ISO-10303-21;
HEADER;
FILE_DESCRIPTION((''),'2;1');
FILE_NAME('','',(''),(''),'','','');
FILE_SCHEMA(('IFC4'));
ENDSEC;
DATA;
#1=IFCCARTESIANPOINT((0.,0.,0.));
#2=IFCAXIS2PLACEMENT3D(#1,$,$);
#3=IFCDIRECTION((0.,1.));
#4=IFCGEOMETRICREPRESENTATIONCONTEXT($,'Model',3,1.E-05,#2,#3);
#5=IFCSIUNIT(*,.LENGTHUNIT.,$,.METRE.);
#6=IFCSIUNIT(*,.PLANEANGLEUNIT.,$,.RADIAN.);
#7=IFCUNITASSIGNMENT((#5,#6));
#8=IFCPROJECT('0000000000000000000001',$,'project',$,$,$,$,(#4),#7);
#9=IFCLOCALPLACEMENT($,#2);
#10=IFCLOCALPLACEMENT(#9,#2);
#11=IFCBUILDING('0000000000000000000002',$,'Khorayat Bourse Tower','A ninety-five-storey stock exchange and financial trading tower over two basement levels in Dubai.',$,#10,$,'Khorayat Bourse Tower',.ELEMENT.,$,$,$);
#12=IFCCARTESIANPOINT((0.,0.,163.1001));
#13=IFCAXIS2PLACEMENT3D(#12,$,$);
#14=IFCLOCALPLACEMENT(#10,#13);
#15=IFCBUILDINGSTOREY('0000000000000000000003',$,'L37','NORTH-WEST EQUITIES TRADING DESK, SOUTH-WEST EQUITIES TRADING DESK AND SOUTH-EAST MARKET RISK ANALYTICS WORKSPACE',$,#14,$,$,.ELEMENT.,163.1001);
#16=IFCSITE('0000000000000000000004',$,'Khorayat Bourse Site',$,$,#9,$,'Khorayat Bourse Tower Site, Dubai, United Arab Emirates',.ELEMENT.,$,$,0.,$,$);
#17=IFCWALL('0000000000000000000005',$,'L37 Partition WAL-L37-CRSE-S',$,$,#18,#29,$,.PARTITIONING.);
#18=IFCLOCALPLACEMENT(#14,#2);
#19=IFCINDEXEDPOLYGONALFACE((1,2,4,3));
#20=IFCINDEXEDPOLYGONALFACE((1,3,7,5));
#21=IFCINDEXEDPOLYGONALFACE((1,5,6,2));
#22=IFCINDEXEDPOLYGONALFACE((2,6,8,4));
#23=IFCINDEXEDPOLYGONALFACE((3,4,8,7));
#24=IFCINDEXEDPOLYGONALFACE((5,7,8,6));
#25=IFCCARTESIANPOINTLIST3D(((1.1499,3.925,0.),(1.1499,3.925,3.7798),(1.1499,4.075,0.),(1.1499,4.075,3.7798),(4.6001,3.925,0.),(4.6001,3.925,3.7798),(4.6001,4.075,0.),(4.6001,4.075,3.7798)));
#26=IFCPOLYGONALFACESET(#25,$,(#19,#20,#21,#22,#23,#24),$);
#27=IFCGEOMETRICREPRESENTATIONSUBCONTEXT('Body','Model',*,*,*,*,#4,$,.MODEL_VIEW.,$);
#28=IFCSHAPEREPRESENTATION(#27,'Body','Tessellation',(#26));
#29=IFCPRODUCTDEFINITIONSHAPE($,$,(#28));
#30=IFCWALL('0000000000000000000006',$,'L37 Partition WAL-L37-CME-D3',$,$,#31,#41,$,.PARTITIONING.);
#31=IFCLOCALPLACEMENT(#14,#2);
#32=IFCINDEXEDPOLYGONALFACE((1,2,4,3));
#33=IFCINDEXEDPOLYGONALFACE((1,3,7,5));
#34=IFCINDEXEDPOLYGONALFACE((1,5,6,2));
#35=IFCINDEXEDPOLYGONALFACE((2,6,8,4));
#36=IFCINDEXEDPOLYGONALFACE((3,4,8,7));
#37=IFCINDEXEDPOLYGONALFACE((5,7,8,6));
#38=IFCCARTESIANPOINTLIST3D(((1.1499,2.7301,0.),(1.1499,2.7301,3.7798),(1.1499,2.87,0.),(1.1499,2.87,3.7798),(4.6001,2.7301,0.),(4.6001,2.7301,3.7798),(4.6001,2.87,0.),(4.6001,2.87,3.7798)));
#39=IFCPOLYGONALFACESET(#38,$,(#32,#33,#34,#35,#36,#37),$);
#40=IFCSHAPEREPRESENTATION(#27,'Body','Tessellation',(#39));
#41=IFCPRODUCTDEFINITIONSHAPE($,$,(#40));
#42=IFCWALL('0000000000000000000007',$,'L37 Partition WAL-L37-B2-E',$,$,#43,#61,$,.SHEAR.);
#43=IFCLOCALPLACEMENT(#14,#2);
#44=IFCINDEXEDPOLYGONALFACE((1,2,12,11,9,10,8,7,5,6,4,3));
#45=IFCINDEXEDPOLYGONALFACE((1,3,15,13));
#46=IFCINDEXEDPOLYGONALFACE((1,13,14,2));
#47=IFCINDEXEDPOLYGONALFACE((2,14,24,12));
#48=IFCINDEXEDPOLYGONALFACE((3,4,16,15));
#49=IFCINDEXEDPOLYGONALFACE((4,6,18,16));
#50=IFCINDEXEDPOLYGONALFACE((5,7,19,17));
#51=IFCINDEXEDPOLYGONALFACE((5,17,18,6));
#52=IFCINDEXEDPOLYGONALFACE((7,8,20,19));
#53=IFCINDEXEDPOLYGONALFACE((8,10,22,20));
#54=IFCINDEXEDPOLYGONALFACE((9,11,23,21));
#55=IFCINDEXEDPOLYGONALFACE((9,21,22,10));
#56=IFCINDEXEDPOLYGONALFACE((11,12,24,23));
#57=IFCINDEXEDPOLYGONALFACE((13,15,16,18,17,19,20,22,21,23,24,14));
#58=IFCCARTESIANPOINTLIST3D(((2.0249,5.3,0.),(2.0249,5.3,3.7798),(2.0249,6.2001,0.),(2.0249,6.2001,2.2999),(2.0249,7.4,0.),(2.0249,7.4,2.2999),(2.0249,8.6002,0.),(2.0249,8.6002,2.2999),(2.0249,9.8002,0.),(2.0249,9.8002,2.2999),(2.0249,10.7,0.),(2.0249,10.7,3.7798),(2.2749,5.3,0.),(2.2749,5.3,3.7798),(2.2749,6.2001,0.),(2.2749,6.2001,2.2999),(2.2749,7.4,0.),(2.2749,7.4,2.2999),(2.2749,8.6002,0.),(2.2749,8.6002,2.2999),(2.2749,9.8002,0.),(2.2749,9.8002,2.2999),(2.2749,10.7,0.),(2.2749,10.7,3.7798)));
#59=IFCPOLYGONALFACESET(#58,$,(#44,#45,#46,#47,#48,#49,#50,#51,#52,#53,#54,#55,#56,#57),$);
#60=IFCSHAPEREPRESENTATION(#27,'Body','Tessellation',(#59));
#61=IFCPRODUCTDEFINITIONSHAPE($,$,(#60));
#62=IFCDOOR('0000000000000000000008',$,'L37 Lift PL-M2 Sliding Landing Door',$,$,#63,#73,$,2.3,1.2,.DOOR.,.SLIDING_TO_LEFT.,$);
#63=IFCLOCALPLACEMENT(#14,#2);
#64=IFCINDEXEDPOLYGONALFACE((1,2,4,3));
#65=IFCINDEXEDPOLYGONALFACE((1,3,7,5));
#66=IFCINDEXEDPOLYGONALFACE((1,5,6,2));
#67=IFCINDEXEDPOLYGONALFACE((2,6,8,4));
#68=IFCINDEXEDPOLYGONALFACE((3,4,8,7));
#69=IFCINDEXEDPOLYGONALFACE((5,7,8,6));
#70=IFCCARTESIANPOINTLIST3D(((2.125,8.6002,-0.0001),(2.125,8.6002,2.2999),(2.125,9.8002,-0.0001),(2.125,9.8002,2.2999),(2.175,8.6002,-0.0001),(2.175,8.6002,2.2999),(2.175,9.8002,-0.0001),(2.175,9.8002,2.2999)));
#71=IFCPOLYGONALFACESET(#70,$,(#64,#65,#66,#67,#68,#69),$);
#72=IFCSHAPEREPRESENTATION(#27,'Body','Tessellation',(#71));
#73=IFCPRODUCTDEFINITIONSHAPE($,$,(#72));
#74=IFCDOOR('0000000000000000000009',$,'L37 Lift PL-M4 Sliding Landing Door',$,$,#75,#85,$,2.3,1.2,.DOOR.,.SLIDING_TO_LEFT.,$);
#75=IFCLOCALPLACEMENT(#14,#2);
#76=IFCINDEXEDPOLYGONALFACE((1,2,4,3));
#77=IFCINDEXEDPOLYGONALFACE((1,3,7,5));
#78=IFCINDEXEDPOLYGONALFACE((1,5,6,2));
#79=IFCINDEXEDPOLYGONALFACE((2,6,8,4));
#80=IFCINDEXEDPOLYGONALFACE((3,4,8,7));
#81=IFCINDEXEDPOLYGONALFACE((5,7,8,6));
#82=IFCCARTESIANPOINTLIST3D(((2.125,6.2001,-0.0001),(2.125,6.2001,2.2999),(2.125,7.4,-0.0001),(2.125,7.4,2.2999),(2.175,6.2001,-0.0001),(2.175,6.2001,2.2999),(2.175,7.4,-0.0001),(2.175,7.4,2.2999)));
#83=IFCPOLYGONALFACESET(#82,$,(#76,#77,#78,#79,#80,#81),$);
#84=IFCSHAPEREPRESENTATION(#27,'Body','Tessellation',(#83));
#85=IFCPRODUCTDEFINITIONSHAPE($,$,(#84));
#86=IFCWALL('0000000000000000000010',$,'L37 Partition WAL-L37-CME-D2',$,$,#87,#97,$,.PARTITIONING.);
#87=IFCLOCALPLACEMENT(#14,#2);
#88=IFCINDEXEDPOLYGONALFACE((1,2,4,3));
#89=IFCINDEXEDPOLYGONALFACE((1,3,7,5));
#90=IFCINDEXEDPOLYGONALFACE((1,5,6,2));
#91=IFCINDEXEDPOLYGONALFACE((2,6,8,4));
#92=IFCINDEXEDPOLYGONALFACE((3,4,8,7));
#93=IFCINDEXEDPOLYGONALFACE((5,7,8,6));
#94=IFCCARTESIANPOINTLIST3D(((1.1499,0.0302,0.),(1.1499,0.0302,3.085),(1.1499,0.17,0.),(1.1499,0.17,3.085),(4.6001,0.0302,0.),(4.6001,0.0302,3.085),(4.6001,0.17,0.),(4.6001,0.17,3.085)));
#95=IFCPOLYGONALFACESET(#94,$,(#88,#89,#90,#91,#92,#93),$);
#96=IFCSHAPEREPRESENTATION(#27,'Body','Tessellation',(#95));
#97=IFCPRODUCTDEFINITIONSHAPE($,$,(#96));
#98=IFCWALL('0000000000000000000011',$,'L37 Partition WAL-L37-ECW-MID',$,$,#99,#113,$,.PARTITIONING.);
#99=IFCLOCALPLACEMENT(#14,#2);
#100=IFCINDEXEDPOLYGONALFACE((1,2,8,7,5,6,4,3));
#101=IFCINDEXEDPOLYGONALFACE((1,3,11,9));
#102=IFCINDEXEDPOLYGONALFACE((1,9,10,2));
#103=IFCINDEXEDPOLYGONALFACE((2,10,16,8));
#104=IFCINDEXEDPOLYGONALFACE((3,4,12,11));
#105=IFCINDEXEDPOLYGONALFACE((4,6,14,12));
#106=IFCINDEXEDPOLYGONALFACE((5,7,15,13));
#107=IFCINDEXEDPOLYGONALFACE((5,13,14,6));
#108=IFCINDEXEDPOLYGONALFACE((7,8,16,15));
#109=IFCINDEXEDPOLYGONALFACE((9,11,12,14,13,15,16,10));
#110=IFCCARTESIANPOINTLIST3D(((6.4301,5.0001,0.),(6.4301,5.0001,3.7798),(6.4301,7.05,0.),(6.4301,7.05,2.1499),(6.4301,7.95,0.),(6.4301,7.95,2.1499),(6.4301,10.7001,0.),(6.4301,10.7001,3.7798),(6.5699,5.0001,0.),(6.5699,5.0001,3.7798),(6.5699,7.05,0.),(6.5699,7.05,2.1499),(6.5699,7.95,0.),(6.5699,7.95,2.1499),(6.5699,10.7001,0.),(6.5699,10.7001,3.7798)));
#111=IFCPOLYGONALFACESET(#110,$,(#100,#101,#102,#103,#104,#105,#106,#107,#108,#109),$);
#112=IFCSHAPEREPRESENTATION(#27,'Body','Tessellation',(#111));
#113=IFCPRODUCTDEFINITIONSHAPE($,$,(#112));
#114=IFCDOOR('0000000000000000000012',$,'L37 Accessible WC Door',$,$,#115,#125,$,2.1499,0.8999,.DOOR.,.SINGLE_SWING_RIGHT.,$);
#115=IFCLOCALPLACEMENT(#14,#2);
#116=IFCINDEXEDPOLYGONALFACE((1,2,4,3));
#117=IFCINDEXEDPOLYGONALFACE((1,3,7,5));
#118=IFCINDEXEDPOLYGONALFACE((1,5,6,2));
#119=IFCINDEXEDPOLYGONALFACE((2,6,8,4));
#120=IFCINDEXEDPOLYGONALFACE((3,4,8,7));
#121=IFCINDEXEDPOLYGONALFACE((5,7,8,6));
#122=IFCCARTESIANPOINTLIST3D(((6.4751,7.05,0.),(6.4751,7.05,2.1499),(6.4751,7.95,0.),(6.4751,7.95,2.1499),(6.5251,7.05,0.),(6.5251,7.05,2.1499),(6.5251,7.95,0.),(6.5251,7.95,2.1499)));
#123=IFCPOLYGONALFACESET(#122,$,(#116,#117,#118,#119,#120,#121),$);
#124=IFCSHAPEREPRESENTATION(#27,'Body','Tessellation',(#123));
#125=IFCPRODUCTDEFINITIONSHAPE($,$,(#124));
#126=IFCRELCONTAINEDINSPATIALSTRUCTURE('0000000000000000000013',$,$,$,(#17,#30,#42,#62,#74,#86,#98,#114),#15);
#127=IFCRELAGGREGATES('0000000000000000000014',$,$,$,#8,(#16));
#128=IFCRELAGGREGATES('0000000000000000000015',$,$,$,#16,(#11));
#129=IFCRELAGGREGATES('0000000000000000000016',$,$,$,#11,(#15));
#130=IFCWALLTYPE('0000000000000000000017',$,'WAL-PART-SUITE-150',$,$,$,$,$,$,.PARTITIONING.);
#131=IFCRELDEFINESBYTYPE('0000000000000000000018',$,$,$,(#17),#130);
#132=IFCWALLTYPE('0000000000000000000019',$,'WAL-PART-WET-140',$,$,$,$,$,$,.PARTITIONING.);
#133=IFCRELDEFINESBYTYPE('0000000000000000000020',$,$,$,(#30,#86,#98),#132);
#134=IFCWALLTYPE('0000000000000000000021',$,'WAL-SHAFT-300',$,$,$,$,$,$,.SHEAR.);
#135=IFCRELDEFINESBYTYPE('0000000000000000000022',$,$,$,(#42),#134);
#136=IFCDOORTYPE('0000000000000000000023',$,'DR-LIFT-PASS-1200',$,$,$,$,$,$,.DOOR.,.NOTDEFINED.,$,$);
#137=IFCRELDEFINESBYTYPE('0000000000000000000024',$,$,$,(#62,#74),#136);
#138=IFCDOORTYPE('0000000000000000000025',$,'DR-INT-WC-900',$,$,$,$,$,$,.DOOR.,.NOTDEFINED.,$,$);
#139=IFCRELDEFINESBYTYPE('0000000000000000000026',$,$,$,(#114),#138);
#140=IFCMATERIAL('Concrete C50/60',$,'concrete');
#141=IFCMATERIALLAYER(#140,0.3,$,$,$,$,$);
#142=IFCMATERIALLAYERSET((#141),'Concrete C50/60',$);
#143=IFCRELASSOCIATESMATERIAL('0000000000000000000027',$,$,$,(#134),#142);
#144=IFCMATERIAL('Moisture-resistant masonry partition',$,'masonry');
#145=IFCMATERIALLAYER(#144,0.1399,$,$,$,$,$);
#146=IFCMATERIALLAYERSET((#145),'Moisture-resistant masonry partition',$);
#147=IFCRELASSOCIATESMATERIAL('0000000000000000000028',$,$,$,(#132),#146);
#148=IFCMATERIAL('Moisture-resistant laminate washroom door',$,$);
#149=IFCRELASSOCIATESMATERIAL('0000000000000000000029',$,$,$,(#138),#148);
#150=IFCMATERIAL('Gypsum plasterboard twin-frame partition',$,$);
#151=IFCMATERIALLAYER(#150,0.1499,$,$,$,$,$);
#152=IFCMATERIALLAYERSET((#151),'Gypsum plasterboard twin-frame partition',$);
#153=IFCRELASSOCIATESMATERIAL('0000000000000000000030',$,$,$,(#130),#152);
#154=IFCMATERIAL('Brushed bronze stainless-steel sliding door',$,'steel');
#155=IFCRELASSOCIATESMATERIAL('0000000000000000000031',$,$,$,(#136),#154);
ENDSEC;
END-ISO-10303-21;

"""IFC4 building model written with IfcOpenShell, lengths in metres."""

from ifc_helpers import new_model, si_unit, direction, frame, frame_2d, origin, place, context, subcontext, project, spatial, rectangle, extrude, source, transform, mapped, material, layer, layer_set, type_object, element, fill, save


model = new_model("IFC4")

# Units and contexts
model_context = context("Model", 3, precision=1e-05, world=origin(), true_north=direction((0.0, 1.0)))
body_context = subcontext(model_context, "Body", "Model", "MODEL_VIEW")
ifc_project = project(units=[si_unit("LENGTHUNIT", "METRE"), si_unit("PLANEANGLEUNIT", "RADIAN")], contexts=[model_context])

# Site, building, storey
site_placement = place(None, origin())
site = spatial("IfcSite", under=ifc_project, at=site_placement, Name="Khorayat Bourse Site", LongName="Khorayat Bourse Tower Site, Dubai, United Arab Emirates", CompositionType="ELEMENT", RefElevation=0.0)
building_placement = place(site_placement, origin())
building = spatial("IfcBuilding", under=site, at=building_placement, Name="Khorayat Bourse Tower", Description="A ninety-five-storey stock exchange and financial trading tower over two basement levels in Dubai.", LongName="Khorayat Bourse Tower", CompositionType="ELEMENT")
storey_placement = place(building_placement, frame((0.0, 0.0, 163.1001)))
storey = spatial("IfcBuildingStorey", under=building, at=storey_placement, Name="L37", Description="NORTH-WEST EQUITIES TRADING DESK, SOUTH-WEST EQUITIES TRADING DESK AND SOUTH-EAST MARKET RISK ANALYTICS WORKSPACE", CompositionType="ELEMENT", Elevation=163.1001)

# Shared definitions
ifc_material_1 = material(Name="Concrete C50/60", Category="concrete")
ifc_layer_1 = layer(ifc_material_1, 0.3)
ifc_layer_set_1 = layer_set([ifc_layer_1], Name="Concrete C50/60")
wall_type_1 = type_object("IfcWallType", Name="WAL-SHAFT-300", PredefinedType="SHEAR", material=ifc_layer_set_1)
ifc_material_2 = material(Name="Moisture-resistant masonry partition", Category="masonry")
ifc_layer_2 = layer(ifc_material_2, 0.1399)
ifc_layer_set_2 = layer_set([ifc_layer_2], Name="Moisture-resistant masonry partition")
wall_type_2 = type_object("IfcWallType", Name="WAL-PART-WET-140", PredefinedType="PARTITIONING", material=ifc_layer_set_2)

# Shared definitions
shared_shape_1 = source(origin(), body_context, "Body", "SweptSolid", [
    extrude(rectangle(XDim=0.8999, YDim=2.1499, at=frame_2d((0.45, 1.075))), frame((0.0, 0.0798, 0.0), z_axis=(0.0, -1.0, 0.0), x_axis=(1.0, 0.0, 0.0)), (0.0, 0.0, 1.0), 0.1599),
])
ifc_material_3 = material(Name="Moisture-resistant laminate washroom door")
door_type_1 = type_object("IfcDoorType", Name="DR-INT-WC-900", OperationType="NOTDEFINED", PredefinedType="DOOR", material=ifc_material_3)
shared_shape_2 = source(origin(), body_context, "Body", "SweptSolid", [
    extrude(rectangle(XDim=0.8999, YDim=2.1499, at=frame_2d((0.45, 1.075))), frame((0.0, 0.0249, 0.0), z_axis=(0.0, -1.0, 0.0), x_axis=(1.0, 0.0, 0.0)), (0.0, 0.0, 1.0), 0.05),
])

# Walls
ifc_material_4 = material(Name="Gypsum plasterboard twin-frame partition")
ifc_layer_3 = layer(ifc_material_4, 0.1499)
ifc_layer_set_3 = layer_set([ifc_layer_3], Name="Gypsum plasterboard twin-frame partition")
wall_type_3 = type_object("IfcWallType", Name="WAL-PART-SUITE-150", PredefinedType="PARTITIONING", material=ifc_layer_set_3)
shared_shape_3 = source(origin(), body_context, "Body", "SweptSolid", [
    extrude(rectangle(XDim=3.4502, YDim=0.1499, at=frame_2d((1.7251, 0.0))), origin(), (0.0, 0.0, 1.0), 3.7798),
])
wall_1_placement = place(storey_placement, frame((1.1499, 4.0, 0.0), z_axis=(0.0, 0.0, 1.0), x_axis=(1.0, 0.0, 0.0)))
element("IfcWall", 1, at=wall_1_placement, inside=storey, type_object=wall_type_3, Name="L37 Partition WAL-L37-CRSE-S", PredefinedType="PARTITIONING", context=body_context, shape_type="MappedRepresentation", body=[
    mapped(shared_shape_3, transform((0.0, 0.0, 0.0), scale=1.0)),
])
shared_shape_4 = source(origin(), body_context, "Body", "SweptSolid", [
    extrude(rectangle(XDim=3.4502, YDim=0.1399, at=frame_2d((1.7251, 0.0))), origin(), (0.0, 0.0, 1.0), 3.7798),
])
wall_2_placement = place(storey_placement, frame((1.1499, 2.8, 0.0), z_axis=(0.0, 0.0, 1.0), x_axis=(1.0, 0.0, 0.0)))
element("IfcWall", 2, at=wall_2_placement, inside=storey, type_object=wall_type_2, Name="L37 Partition WAL-L37-CME-D3", PredefinedType="PARTITIONING", context=body_context, shape_type="MappedRepresentation", body=[
    mapped(shared_shape_4, transform((0.0, 0.0, 0.0), scale=1.0)),
])

# Wall, openings, doors
shared_shape_5 = source(origin(), body_context, "Body", "SweptSolid", [
    extrude(rectangle(XDim=5.3999, YDim=0.25, at=frame_2d((2.7, 0.0))), origin(), (0.0, 0.0, 1.0), 3.7798),
])
wall_3_placement = place(storey_placement, frame((2.1499, 5.3, 0.0), z_axis=(0.0, 0.0, 1.0), x_axis=(0.0, 1.0, 0.0)))
wall_3 = element("IfcWall", 3, at=wall_3_placement, inside=storey, type_object=wall_type_1, Name="L37 Partition WAL-L37-B2-E", PredefinedType="SHEAR", context=body_context, shape_type="MappedRepresentation", body=[
    mapped(shared_shape_5, transform((0.0, 0.0, 0.0), scale=1.0)),
])
shared_shape_6 = source(origin(), body_context, "Body", "SweptSolid", [
    extrude(rectangle(XDim=1.2, YDim=2.3, at=frame_2d((0.6001, 1.1499))), frame((0.0, 0.135, 0.0), z_axis=(0.0, -1.0, 0.0), x_axis=(1.0, 0.0, 0.0)), (0.0, 0.0, 1.0), 0.27),
])
opening_1_placement = place(wall_3_placement, frame((3.3, 0.0, 0.0)))
opening_1 = element("IfcOpeningElement", 4, at=opening_1_placement, cuts=wall_3, PredefinedType="OPENING", context=body_context, shape_type="MappedRepresentation", body=[
    mapped(shared_shape_6, transform((0.0, 0.0, 0.0), scale=1.0)),
])
opening_2_placement = place(wall_3_placement, frame((0.8999, 0.0, 0.0)))
opening_2 = element("IfcOpeningElement", 5, at=opening_2_placement, cuts=wall_3, PredefinedType="OPENING", context=body_context, shape_type="MappedRepresentation", body=[
    mapped(shared_shape_6, transform((0.0, 0.0, 0.0), scale=1.0)),
])
ifc_material_5 = material(Name="Brushed bronze stainless-steel sliding door", Category="steel")
door_type_2 = type_object("IfcDoorType", Name="DR-LIFT-PASS-1200", OperationType="NOTDEFINED", PredefinedType="DOOR", material=ifc_material_5)
shared_shape_7 = source(origin(), body_context, "Body", "SweptSolid", [
    extrude(rectangle(XDim=1.2, YDim=2.3, at=frame_2d((0.6001, 1.1499))), frame((0.0, 0.0249, 0.0), z_axis=(0.0, -1.0, 0.0), x_axis=(1.0, 0.0, 0.0)), (0.0, 0.0, 1.0), 0.05),
])
door_1_placement = place(opening_1_placement, origin())
door_1 = element("IfcDoor", 6, at=door_1_placement, inside=storey, type_object=door_type_2, Name="L37 Lift PL-M2 Sliding Landing Door", OperationType="SLIDING_TO_LEFT", OverallHeight=2.3, OverallWidth=1.2, PredefinedType="DOOR", context=body_context, shape_type="MappedRepresentation", body=[
    mapped(shared_shape_7, transform((0.0, 0.0, 0.0), scale=1.0)),
])
fill(opening_1, door_1)
door_2_placement = place(opening_2_placement, origin())
door_2 = element("IfcDoor", 7, at=door_2_placement, inside=storey, type_object=door_type_2, Name="L37 Lift PL-M4 Sliding Landing Door", OperationType="SLIDING_TO_LEFT", OverallHeight=2.3, OverallWidth=1.2, PredefinedType="DOOR", context=body_context, shape_type="MappedRepresentation", body=[
    mapped(shared_shape_7, transform((0.0, 0.0, 0.0), scale=1.0)),
])
fill(opening_2, door_2)

# Wall
shared_shape_8 = source(origin(), body_context, "Body", "SweptSolid", [
    extrude(rectangle(XDim=3.4502, YDim=0.1399, at=frame_2d((1.7251, 0.0))), origin(), (0.0, 0.0, 1.0), 3.085),
])
wall_4_placement = place(storey_placement, frame((1.1499, 0.1001, 0.0), z_axis=(0.0, 0.0, 1.0), x_axis=(1.0, 0.0, 0.0)))
element("IfcWall", 8, at=wall_4_placement, inside=storey, type_object=wall_type_2, Name="L37 Partition WAL-L37-CME-D2", PredefinedType="PARTITIONING", context=body_context, shape_type="MappedRepresentation", body=[
    mapped(shared_shape_8, transform((0.0, 0.0, 0.0), scale=1.0)),
])

# Wall, opening, door
shared_shape_9 = source(origin(), body_context, "Body", "SweptSolid", [
    extrude(rectangle(XDim=5.7, YDim=0.1399, at=frame_2d((2.8501, 0.0))), origin(), (0.0, 0.0, 1.0), 3.7798),
])
wall_5_placement = place(storey_placement, frame((6.5, 5.0, 0.0), z_axis=(0.0, 0.0, 1.0), x_axis=(0.0, 1.0, 0.0)))
wall_5 = element("IfcWall", 9, at=wall_5_placement, inside=storey, type_object=wall_type_2, Name="L37 Partition WAL-L37-ECW-MID", PredefinedType="PARTITIONING", context=body_context, shape_type="MappedRepresentation", body=[
    mapped(shared_shape_9, transform((0.0, 0.0, 0.0), scale=1.0)),
])
opening_3_placement = place(wall_5_placement, frame((2.05, 0.0, 0.0)))
opening_3 = element("IfcOpeningElement", 10, at=opening_3_placement, cuts=wall_5, PredefinedType="OPENING", context=body_context, shape_type="MappedRepresentation", body=[
    mapped(shared_shape_1, transform((0.0, 0.0, 0.0), scale=1.0)),
])
door_3_placement = place(opening_3_placement, origin())
door_3 = element("IfcDoor", 11, at=door_3_placement, inside=storey, type_object=door_type_1, Name="L37 Accessible WC Door", OperationType="SINGLE_SWING_RIGHT", OverallHeight=2.1499, OverallWidth=0.8999, PredefinedType="DOOR", context=body_context, shape_type="MappedRepresentation", body=[
    mapped(shared_shape_2, transform((0.0, 0.0, 0.0), scale=1.0)),
])
fill(opening_3, door_3)

save(model, "model.ifc")
